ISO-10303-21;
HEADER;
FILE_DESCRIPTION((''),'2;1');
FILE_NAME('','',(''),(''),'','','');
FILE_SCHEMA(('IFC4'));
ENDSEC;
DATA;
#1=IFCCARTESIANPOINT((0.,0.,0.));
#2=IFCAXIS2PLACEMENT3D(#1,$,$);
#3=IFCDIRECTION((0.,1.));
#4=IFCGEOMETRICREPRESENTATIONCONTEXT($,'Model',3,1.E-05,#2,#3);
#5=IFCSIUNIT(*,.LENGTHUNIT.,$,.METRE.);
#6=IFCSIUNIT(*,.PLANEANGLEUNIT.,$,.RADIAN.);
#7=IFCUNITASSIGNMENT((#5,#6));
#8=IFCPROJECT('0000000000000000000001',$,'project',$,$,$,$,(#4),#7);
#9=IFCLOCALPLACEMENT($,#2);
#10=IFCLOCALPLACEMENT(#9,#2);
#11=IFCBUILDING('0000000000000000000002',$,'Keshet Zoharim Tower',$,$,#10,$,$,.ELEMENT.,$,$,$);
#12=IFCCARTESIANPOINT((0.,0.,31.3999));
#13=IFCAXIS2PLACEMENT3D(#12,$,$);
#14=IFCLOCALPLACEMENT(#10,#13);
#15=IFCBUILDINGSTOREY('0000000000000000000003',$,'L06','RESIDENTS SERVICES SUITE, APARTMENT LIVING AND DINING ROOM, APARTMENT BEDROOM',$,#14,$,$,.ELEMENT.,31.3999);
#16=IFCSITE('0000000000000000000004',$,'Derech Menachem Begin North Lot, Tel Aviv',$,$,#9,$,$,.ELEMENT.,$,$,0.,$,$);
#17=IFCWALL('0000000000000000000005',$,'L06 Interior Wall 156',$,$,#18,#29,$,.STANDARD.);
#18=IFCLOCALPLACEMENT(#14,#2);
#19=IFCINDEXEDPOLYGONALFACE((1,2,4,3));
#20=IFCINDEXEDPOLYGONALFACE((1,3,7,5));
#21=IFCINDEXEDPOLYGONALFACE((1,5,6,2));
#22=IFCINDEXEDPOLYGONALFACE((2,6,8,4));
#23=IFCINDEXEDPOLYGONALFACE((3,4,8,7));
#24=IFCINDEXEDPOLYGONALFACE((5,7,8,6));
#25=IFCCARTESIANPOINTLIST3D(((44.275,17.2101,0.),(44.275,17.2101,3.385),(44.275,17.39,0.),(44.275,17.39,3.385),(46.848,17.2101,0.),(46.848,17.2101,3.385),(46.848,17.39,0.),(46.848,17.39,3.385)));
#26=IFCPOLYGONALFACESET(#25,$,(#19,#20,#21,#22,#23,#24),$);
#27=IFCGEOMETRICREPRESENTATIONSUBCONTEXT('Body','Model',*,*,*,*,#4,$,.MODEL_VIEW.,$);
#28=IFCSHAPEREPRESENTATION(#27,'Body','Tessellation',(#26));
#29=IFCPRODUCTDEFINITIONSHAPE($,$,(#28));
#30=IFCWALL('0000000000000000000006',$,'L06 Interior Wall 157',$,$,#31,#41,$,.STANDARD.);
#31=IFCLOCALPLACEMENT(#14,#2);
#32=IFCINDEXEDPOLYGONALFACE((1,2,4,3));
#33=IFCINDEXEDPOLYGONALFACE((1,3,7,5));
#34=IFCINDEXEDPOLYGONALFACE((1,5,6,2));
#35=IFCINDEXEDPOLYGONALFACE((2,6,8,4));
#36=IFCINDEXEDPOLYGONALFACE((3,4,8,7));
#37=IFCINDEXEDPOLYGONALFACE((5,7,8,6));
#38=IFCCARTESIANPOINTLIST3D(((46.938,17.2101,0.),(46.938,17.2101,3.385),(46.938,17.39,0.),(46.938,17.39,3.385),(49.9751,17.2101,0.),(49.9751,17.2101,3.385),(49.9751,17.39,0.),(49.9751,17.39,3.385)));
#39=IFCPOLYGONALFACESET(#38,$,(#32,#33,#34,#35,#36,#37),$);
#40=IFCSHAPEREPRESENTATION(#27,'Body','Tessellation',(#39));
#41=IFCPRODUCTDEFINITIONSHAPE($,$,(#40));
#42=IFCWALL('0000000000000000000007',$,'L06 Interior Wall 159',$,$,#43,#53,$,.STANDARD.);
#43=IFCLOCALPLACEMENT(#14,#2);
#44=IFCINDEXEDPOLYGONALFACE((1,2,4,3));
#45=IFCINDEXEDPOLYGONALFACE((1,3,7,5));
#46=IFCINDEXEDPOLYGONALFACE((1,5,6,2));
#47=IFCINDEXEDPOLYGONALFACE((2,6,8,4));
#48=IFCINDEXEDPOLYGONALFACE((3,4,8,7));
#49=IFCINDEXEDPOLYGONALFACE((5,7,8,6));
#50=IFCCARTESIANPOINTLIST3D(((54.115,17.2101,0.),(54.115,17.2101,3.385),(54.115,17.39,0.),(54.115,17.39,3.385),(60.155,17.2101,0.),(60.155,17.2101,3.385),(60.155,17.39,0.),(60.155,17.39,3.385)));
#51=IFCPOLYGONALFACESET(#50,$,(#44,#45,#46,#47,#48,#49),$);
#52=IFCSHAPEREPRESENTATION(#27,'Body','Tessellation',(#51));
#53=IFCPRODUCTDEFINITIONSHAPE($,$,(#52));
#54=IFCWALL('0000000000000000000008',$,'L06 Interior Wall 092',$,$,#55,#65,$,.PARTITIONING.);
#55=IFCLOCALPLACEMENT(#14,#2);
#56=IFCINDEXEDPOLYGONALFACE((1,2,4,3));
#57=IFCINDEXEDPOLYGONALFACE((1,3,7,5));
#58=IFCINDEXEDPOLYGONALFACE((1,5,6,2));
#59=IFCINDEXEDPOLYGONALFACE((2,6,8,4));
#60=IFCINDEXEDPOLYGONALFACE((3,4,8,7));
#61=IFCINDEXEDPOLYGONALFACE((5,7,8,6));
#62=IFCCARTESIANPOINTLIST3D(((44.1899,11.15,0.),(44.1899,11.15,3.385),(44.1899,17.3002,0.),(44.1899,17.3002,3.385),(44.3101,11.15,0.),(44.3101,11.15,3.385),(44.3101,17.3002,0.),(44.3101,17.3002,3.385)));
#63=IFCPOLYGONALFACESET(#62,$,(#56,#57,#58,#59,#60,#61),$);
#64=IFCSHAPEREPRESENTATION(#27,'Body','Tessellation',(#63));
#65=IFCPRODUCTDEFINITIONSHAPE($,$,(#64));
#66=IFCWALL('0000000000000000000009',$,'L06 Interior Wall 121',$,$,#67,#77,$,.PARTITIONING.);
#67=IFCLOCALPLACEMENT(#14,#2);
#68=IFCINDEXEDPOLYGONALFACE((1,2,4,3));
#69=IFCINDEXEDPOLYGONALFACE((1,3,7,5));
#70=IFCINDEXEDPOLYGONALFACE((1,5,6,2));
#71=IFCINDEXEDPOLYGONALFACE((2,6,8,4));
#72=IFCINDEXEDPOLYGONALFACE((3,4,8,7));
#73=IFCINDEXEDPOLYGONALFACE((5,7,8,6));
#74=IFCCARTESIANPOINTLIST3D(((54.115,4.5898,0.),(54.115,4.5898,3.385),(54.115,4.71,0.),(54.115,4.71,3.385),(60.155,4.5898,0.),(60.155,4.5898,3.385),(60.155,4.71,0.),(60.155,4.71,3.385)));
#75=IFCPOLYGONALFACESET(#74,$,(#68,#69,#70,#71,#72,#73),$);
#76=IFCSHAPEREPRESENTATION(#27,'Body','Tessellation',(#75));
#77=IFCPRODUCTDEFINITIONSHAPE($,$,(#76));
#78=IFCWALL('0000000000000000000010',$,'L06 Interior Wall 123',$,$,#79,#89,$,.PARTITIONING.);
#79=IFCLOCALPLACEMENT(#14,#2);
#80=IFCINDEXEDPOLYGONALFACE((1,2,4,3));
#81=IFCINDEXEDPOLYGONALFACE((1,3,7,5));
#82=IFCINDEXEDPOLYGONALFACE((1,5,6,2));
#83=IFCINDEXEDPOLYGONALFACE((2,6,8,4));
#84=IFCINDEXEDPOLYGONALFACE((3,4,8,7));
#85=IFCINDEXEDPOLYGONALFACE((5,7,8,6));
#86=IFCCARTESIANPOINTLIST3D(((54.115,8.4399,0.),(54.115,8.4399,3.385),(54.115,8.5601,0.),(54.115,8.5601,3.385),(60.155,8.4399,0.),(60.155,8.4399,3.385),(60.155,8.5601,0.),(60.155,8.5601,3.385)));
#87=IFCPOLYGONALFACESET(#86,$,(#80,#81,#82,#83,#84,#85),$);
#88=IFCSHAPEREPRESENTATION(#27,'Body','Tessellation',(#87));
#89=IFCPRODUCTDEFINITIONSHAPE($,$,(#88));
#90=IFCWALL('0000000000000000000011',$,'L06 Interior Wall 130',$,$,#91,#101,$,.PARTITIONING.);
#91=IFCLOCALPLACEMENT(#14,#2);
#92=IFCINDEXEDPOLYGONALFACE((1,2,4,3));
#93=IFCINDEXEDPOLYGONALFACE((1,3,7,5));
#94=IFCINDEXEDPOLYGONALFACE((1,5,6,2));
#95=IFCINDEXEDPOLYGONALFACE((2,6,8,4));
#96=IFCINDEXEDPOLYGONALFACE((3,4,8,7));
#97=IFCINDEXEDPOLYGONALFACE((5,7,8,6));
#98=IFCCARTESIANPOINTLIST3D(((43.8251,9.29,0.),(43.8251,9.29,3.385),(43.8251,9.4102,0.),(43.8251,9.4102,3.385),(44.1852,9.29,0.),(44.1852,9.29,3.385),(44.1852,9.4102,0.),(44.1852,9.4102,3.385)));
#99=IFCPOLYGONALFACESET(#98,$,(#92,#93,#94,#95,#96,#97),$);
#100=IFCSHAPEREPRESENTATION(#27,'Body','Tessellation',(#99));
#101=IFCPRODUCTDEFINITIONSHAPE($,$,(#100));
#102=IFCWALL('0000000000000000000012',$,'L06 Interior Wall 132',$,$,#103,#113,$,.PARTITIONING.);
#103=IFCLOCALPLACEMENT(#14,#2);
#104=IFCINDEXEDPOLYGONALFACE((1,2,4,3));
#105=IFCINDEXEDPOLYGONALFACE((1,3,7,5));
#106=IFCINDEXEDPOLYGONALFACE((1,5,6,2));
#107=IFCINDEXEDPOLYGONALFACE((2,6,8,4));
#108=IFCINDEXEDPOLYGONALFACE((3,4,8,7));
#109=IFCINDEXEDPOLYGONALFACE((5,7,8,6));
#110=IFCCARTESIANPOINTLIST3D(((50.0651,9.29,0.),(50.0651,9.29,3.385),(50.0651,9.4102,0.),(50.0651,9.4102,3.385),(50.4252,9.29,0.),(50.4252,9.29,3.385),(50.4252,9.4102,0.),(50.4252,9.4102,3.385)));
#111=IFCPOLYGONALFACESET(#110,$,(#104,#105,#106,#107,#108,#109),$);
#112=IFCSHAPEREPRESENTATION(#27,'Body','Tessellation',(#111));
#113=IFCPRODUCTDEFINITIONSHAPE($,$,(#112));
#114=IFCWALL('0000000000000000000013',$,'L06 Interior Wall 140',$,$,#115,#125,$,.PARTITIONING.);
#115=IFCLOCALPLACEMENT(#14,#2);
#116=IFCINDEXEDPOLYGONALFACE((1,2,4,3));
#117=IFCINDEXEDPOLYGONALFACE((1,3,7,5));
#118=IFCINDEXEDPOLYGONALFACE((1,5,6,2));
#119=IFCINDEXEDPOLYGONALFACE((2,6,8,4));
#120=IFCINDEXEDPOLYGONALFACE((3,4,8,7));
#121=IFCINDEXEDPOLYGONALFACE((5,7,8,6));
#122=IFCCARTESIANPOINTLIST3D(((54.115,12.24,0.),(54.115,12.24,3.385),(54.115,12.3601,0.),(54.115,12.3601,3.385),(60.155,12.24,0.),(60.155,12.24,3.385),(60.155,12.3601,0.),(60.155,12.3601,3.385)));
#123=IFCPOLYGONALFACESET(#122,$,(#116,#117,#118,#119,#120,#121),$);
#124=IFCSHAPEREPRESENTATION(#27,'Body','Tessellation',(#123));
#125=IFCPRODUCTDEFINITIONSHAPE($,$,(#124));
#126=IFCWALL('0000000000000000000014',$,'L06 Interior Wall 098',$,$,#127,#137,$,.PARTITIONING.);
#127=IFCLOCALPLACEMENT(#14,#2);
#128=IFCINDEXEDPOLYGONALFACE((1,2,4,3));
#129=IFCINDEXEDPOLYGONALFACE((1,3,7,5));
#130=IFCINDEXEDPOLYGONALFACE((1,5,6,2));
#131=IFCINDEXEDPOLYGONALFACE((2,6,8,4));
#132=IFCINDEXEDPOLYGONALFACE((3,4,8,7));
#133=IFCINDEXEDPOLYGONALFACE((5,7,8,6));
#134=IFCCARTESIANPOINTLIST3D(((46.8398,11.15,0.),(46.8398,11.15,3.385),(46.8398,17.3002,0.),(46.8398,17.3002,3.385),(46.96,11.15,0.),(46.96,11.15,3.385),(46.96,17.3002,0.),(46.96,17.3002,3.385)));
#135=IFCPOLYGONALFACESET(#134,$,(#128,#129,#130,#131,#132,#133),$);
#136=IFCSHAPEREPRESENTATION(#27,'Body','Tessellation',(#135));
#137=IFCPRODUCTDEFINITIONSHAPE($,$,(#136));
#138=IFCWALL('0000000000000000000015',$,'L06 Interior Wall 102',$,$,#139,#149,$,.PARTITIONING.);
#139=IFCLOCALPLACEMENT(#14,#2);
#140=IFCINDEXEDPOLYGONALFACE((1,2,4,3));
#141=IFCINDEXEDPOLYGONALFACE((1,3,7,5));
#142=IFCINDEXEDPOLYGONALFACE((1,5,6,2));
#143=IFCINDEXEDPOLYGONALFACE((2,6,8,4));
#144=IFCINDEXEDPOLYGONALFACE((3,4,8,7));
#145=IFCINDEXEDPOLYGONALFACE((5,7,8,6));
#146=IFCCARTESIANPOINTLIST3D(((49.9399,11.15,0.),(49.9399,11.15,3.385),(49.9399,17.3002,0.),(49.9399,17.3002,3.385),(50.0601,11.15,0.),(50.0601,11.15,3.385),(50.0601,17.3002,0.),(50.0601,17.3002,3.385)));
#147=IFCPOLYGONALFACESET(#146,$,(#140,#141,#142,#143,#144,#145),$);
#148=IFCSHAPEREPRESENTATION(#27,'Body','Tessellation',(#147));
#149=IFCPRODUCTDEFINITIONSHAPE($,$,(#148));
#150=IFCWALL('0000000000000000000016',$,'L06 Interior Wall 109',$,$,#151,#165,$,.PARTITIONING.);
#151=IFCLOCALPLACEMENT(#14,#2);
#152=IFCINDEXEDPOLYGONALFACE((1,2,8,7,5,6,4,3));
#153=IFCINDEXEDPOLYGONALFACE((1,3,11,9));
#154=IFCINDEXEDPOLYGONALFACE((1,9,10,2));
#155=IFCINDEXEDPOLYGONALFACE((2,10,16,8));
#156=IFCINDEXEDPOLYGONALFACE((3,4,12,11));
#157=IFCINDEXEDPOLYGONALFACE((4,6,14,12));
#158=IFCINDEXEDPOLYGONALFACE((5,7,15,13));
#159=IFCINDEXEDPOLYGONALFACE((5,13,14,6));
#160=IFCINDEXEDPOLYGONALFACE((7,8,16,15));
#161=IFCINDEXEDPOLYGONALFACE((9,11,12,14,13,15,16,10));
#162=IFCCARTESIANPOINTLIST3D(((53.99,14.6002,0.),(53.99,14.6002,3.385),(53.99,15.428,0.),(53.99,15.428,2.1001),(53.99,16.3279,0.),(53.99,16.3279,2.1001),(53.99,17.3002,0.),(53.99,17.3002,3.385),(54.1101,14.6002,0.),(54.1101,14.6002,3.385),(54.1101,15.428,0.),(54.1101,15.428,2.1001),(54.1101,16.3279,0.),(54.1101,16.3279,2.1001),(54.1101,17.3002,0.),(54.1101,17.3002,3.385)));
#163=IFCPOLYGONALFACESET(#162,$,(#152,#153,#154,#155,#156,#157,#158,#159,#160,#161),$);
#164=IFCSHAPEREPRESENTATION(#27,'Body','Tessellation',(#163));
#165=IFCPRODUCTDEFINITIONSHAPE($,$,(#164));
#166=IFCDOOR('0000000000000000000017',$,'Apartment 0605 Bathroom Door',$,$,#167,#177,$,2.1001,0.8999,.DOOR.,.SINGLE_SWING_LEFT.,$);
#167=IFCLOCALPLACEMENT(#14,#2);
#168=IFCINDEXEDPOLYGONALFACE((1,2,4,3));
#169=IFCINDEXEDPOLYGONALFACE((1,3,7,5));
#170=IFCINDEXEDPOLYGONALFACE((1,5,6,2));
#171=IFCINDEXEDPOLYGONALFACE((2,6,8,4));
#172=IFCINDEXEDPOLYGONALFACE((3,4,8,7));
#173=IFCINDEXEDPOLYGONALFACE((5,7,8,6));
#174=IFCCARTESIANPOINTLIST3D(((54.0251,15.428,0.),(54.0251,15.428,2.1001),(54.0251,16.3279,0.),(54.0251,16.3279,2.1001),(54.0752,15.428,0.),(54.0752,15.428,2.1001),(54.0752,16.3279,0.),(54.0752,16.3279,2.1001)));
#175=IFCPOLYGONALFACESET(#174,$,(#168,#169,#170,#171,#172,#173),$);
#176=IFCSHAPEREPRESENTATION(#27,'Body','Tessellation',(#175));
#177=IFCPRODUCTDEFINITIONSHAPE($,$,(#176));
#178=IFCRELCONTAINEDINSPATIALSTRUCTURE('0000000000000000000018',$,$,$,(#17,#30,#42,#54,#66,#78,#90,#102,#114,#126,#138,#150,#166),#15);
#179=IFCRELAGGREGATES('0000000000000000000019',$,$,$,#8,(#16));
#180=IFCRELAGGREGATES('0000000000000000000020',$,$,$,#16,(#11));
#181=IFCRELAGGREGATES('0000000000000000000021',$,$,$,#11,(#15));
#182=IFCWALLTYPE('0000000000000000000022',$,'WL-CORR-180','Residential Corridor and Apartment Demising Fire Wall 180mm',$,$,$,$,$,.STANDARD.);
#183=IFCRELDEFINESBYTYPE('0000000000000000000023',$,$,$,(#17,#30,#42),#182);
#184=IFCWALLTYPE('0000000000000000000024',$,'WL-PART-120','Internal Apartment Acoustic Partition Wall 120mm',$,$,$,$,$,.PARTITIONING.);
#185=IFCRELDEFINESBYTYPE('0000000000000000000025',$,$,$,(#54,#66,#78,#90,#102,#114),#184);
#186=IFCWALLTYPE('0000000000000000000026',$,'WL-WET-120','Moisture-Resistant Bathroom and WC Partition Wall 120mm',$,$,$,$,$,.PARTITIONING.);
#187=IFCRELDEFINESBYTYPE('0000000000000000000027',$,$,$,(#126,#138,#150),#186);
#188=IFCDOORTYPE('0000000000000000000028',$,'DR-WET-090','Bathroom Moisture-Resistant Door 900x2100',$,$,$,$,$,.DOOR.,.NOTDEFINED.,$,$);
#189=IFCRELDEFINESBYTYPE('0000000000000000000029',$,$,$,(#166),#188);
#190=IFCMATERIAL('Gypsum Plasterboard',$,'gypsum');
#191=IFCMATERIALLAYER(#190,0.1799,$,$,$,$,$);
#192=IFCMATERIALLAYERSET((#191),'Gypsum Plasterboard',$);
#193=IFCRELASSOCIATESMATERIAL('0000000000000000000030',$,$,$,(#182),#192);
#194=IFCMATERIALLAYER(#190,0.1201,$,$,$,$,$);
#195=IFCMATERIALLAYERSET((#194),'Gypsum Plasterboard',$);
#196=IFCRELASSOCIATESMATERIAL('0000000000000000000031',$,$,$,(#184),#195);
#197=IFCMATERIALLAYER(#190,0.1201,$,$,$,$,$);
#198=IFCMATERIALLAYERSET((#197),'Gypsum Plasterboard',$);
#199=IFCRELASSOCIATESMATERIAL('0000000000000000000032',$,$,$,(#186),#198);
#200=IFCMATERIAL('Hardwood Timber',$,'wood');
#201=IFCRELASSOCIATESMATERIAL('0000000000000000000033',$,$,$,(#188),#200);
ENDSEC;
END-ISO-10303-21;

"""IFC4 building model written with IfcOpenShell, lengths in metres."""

from ifc_helpers import new_model, si_unit, direction, frame, frame_2d, origin, place, context, subcontext, project, spatial, rectangle, extrude, material, layer, layer_set, type_object, element, fill, save


model = new_model("IFC4")

# Units and contexts
model_context = context("Model", 3, precision=1e-05, world=origin(), true_north=direction((0.0, 1.0)))
body_context = subcontext(model_context, "Body", "Model", "MODEL_VIEW")
ifc_project = project(units=[si_unit("LENGTHUNIT", "METRE"), si_unit("PLANEANGLEUNIT", "RADIAN")], contexts=[model_context])

# Site, building, storey
site_placement = place(None, origin())
site = spatial("IfcSite", under=ifc_project, at=site_placement, Name="Derech Menachem Begin North Lot, Tel Aviv", CompositionType="ELEMENT", RefElevation=0.0)
building_placement = place(site_placement, origin())
building = spatial("IfcBuilding", under=site, at=building_placement, Name="Keshet Zoharim Tower", CompositionType="ELEMENT")
storey_placement = place(building_placement, frame((0.0, 0.0, 31.3999)))
storey = spatial("IfcBuildingStorey", under=building, at=storey_placement, Name="L06", Description="RESIDENTS SERVICES SUITE, APARTMENT LIVING AND DINING ROOM, APARTMENT BEDROOM", CompositionType="ELEMENT", Elevation=31.3999)

# Walls
ifc_material_1 = material(Name="Gypsum Plasterboard", Category="gypsum")
ifc_layer_1 = layer(ifc_material_1, 0.1799)
ifc_layer_set_1 = layer_set([ifc_layer_1], Name="Gypsum Plasterboard")
wall_type_1 = type_object("IfcWallType", Name="WL-CORR-180", Description="Residential Corridor and Apartment Demising Fire Wall 180mm", PredefinedType="STANDARD", material=ifc_layer_set_1)
wall_1_placement = place(storey_placement, frame((44.2749, 17.3, 0.0), z_axis=(0.0, 0.0, 1.0), x_axis=(1.0, 0.0, 0.0)))
element("IfcWall", 1, at=wall_1_placement, inside=storey, type_object=wall_type_1, Name="L06 Interior Wall 156", PredefinedType="STANDARD", context=body_context, shape_type="SweptSolid", body=[
    extrude(rectangle(XDim=2.573, YDim=0.1799, at=frame_2d((1.2866, 0.0))), origin(), (0.0, 0.0, 1.0), 3.385),
])
wall_2_placement = place(storey_placement, frame((46.938, 17.3, 0.0), z_axis=(0.0, 0.0, 1.0), x_axis=(1.0, 0.0, 0.0)))
element("IfcWall", 2, at=wall_2_placement, inside=storey, type_object=wall_type_1, Name="L06 Interior Wall 157", PredefinedType="STANDARD", context=body_context, shape_type="SweptSolid", body=[
    extrude(rectangle(XDim=3.0371, YDim=0.1799, at=frame_2d((1.5186, 0.0))), origin(), (0.0, 0.0, 1.0), 3.385),
])

# Shared definitions
ifc_material_2 = material(Name="Hardwood Timber", Category="wood")

# Walls
wall_3_placement = place(storey_placement, frame((54.115, 17.3, 0.0), z_axis=(0.0, 0.0, 1.0), x_axis=(1.0, 0.0, 0.0)))
element("IfcWall", 3, at=wall_3_placement, inside=storey, type_object=wall_type_1, Name="L06 Interior Wall 159", PredefinedType="STANDARD", context=body_context, shape_type="SweptSolid", body=[
    extrude(rectangle(XDim=6.04, YDim=0.1799, at=frame_2d((3.02, 0.0))), origin(), (0.0, 0.0, 1.0), 3.385),
])
ifc_layer_2 = layer(ifc_material_1, 0.1201)
ifc_layer_set_2 = layer_set([ifc_layer_2], Name="Gypsum Plasterboard")
wall_type_2 = type_object("IfcWallType", Name="WL-PART-120", Description="Internal Apartment Acoustic Partition Wall 120mm", PredefinedType="PARTITIONING", material=ifc_layer_set_2)
wall_4_placement = place(storey_placement, frame((44.25, 11.1499, 0.0), z_axis=(0.0, 0.0, 1.0), x_axis=(0.0, 1.0, 0.0)))
element("IfcWall", 4, at=wall_4_placement, inside=storey, type_object=wall_type_2, Name="L06 Interior Wall 092", PredefinedType="PARTITIONING", context=body_context, shape_type="SweptSolid", body=[
    extrude(rectangle(XDim=6.1501, YDim=0.1201, at=frame_2d((3.0752, 0.0))), origin(), (0.0, 0.0, 1.0), 3.385),
])

# Walls
for number, where, z_axis, x_axis, name in (
    (5, (54.115, 4.6499, 0.0), (0.0, 0.0, 1.0), (1.0, 0.0, 0.0), "L06 Interior Wall 121"),
    (6, (54.115, 8.5, 0.0), (0.0, 0.0, 1.0), (1.0, 0.0, 0.0), "L06 Interior Wall 123"),
):
    element("IfcWall", number, at=place(storey_placement, frame(where, z_axis=z_axis, x_axis=x_axis)), inside=storey, type_object=wall_type_2, Name=name, PredefinedType="PARTITIONING", context=body_context, shape_type="SweptSolid", body=[
        extrude(rectangle(XDim=6.04, YDim=0.1201, at=frame_2d((3.02, 0.0))), origin(), (0.0, 0.0, 1.0), 3.385),
    ])
wall_5_placement = place(storey_placement, frame((43.825, 9.3501, 0.0), z_axis=(0.0, 0.0, 1.0), x_axis=(1.0, 0.0, 0.0)))
element("IfcWall", 7, at=wall_5_placement, inside=storey, type_object=wall_type_2, Name="L06 Interior Wall 130", PredefinedType="PARTITIONING", context=body_context, shape_type="SweptSolid", body=[
    extrude(rectangle(XDim=0.3601, YDim=0.1201, at=frame_2d((0.1802, 0.0))), origin(), (0.0, 0.0, 1.0), 3.385),
])

# Wall
wall_6_placement = place(storey_placement, frame((50.0649, 9.3501, 0.0), z_axis=(0.0, 0.0, 1.0), x_axis=(1.0, 0.0, 0.0)))
element("IfcWall", 8, at=wall_6_placement, inside=storey, type_object=wall_type_2, Name="L06 Interior Wall 132", PredefinedType="PARTITIONING", context=body_context, shape_type="SweptSolid", body=[
    extrude(rectangle(XDim=0.3601, YDim=0.1201, at=frame_2d((0.1802, 0.0))), origin(), (0.0, 0.0, 1.0), 3.385),
])

# Walls
wall_7_placement = place(storey_placement, frame((54.115, 12.3, 0.0), z_axis=(0.0, 0.0, 1.0), x_axis=(1.0, 0.0, 0.0)))
element("IfcWall", 9, at=wall_7_placement, inside=storey, type_object=wall_type_2, Name="L06 Interior Wall 140", PredefinedType="PARTITIONING", context=body_context, shape_type="SweptSolid", body=[
    extrude(rectangle(XDim=6.04, YDim=0.1201, at=frame_2d((3.02, 0.0))), origin(), (0.0, 0.0, 1.0), 3.385),
])
ifc_layer_3 = layer(ifc_material_1, 0.1201)
ifc_layer_set_3 = layer_set([ifc_layer_3], Name="Gypsum Plasterboard")
wall_type_3 = type_object("IfcWallType", Name="WL-WET-120", Description="Moisture-Resistant Bathroom and WC Partition Wall 120mm", PredefinedType="PARTITIONING", material=ifc_layer_set_3)
for number, where, z_axis, x_axis, name in (
    (10, (46.8999, 11.1499, 0.0), (0.0, 0.0, 1.0), (0.0, 1.0, 0.0), "L06 Interior Wall 098"),
    (11, (50.0, 11.1499, 0.0), (0.0, 0.0, 1.0), (0.0, 1.0, 0.0), "L06 Interior Wall 102"),
):
    element("IfcWall", number, at=place(storey_placement, frame(where, z_axis=z_axis, x_axis=x_axis)), inside=storey, type_object=wall_type_3, Name=name, PredefinedType="PARTITIONING", context=body_context, shape_type="SweptSolid", body=[
        extrude(rectangle(XDim=6.1501, YDim=0.1201, at=frame_2d((3.0752, 0.0))), origin(), (0.0, 0.0, 1.0), 3.385),
    ])

# Wall, opening, door
wall_8_placement = place(storey_placement, frame((54.05, 14.6001, 0.0), z_axis=(0.0, 0.0, 1.0), x_axis=(0.0, 1.0, 0.0)))
wall_8 = element("IfcWall", 12, at=wall_8_placement, inside=storey, type_object=wall_type_3, Name="L06 Interior Wall 109", PredefinedType="PARTITIONING", context=body_context, shape_type="SweptSolid", body=[
    extrude(rectangle(XDim=2.7, YDim=0.1201, at=frame_2d((1.3501, 0.0))), origin(), (0.0, 0.0, 1.0), 3.385),
])
opening_1_placement = place(wall_8_placement, frame((0.8279, 0.0, 0.0)))
opening_1 = element("IfcOpeningElement", 13, at=opening_1_placement, cuts=wall_8, PredefinedType="OPENING", context=body_context, shape_type="SweptSolid", body=[
    extrude(rectangle(XDim=0.8999, YDim=2.1001, at=frame_2d((0.45, 1.05))), frame((0.0, 0.0701, 0.0), z_axis=(0.0, -1.0, 0.0), x_axis=(1.0, 0.0, 0.0)), (0.0, 0.0, 1.0), 0.1401),
])
door_type_1 = type_object("IfcDoorType", Name="DR-WET-090", Description="Bathroom Moisture-Resistant Door 900x2100", OperationType="NOTDEFINED", PredefinedType="DOOR", material=ifc_material_2)
door_1_placement = place(opening_1_placement, origin())
door_1 = element("IfcDoor", 14, at=door_1_placement, inside=storey, type_object=door_type_1, Name="Apartment 0605 Bathroom Door", OperationType="SINGLE_SWING_LEFT", OverallHeight=2.1001, OverallWidth=0.8999, PredefinedType="DOOR", context=body_context, shape_type="SweptSolid", body=[
    extrude(rectangle(XDim=0.8999, YDim=2.1001, at=frame_2d((0.45, 1.05))), frame((0.0, 0.0249, 0.0), z_axis=(0.0, -1.0, 0.0), x_axis=(1.0, 0.0, 0.0)), (0.0, 0.0, 1.0), 0.05),
])
fill(opening_1, door_1)

save(model, "model.ifc")
